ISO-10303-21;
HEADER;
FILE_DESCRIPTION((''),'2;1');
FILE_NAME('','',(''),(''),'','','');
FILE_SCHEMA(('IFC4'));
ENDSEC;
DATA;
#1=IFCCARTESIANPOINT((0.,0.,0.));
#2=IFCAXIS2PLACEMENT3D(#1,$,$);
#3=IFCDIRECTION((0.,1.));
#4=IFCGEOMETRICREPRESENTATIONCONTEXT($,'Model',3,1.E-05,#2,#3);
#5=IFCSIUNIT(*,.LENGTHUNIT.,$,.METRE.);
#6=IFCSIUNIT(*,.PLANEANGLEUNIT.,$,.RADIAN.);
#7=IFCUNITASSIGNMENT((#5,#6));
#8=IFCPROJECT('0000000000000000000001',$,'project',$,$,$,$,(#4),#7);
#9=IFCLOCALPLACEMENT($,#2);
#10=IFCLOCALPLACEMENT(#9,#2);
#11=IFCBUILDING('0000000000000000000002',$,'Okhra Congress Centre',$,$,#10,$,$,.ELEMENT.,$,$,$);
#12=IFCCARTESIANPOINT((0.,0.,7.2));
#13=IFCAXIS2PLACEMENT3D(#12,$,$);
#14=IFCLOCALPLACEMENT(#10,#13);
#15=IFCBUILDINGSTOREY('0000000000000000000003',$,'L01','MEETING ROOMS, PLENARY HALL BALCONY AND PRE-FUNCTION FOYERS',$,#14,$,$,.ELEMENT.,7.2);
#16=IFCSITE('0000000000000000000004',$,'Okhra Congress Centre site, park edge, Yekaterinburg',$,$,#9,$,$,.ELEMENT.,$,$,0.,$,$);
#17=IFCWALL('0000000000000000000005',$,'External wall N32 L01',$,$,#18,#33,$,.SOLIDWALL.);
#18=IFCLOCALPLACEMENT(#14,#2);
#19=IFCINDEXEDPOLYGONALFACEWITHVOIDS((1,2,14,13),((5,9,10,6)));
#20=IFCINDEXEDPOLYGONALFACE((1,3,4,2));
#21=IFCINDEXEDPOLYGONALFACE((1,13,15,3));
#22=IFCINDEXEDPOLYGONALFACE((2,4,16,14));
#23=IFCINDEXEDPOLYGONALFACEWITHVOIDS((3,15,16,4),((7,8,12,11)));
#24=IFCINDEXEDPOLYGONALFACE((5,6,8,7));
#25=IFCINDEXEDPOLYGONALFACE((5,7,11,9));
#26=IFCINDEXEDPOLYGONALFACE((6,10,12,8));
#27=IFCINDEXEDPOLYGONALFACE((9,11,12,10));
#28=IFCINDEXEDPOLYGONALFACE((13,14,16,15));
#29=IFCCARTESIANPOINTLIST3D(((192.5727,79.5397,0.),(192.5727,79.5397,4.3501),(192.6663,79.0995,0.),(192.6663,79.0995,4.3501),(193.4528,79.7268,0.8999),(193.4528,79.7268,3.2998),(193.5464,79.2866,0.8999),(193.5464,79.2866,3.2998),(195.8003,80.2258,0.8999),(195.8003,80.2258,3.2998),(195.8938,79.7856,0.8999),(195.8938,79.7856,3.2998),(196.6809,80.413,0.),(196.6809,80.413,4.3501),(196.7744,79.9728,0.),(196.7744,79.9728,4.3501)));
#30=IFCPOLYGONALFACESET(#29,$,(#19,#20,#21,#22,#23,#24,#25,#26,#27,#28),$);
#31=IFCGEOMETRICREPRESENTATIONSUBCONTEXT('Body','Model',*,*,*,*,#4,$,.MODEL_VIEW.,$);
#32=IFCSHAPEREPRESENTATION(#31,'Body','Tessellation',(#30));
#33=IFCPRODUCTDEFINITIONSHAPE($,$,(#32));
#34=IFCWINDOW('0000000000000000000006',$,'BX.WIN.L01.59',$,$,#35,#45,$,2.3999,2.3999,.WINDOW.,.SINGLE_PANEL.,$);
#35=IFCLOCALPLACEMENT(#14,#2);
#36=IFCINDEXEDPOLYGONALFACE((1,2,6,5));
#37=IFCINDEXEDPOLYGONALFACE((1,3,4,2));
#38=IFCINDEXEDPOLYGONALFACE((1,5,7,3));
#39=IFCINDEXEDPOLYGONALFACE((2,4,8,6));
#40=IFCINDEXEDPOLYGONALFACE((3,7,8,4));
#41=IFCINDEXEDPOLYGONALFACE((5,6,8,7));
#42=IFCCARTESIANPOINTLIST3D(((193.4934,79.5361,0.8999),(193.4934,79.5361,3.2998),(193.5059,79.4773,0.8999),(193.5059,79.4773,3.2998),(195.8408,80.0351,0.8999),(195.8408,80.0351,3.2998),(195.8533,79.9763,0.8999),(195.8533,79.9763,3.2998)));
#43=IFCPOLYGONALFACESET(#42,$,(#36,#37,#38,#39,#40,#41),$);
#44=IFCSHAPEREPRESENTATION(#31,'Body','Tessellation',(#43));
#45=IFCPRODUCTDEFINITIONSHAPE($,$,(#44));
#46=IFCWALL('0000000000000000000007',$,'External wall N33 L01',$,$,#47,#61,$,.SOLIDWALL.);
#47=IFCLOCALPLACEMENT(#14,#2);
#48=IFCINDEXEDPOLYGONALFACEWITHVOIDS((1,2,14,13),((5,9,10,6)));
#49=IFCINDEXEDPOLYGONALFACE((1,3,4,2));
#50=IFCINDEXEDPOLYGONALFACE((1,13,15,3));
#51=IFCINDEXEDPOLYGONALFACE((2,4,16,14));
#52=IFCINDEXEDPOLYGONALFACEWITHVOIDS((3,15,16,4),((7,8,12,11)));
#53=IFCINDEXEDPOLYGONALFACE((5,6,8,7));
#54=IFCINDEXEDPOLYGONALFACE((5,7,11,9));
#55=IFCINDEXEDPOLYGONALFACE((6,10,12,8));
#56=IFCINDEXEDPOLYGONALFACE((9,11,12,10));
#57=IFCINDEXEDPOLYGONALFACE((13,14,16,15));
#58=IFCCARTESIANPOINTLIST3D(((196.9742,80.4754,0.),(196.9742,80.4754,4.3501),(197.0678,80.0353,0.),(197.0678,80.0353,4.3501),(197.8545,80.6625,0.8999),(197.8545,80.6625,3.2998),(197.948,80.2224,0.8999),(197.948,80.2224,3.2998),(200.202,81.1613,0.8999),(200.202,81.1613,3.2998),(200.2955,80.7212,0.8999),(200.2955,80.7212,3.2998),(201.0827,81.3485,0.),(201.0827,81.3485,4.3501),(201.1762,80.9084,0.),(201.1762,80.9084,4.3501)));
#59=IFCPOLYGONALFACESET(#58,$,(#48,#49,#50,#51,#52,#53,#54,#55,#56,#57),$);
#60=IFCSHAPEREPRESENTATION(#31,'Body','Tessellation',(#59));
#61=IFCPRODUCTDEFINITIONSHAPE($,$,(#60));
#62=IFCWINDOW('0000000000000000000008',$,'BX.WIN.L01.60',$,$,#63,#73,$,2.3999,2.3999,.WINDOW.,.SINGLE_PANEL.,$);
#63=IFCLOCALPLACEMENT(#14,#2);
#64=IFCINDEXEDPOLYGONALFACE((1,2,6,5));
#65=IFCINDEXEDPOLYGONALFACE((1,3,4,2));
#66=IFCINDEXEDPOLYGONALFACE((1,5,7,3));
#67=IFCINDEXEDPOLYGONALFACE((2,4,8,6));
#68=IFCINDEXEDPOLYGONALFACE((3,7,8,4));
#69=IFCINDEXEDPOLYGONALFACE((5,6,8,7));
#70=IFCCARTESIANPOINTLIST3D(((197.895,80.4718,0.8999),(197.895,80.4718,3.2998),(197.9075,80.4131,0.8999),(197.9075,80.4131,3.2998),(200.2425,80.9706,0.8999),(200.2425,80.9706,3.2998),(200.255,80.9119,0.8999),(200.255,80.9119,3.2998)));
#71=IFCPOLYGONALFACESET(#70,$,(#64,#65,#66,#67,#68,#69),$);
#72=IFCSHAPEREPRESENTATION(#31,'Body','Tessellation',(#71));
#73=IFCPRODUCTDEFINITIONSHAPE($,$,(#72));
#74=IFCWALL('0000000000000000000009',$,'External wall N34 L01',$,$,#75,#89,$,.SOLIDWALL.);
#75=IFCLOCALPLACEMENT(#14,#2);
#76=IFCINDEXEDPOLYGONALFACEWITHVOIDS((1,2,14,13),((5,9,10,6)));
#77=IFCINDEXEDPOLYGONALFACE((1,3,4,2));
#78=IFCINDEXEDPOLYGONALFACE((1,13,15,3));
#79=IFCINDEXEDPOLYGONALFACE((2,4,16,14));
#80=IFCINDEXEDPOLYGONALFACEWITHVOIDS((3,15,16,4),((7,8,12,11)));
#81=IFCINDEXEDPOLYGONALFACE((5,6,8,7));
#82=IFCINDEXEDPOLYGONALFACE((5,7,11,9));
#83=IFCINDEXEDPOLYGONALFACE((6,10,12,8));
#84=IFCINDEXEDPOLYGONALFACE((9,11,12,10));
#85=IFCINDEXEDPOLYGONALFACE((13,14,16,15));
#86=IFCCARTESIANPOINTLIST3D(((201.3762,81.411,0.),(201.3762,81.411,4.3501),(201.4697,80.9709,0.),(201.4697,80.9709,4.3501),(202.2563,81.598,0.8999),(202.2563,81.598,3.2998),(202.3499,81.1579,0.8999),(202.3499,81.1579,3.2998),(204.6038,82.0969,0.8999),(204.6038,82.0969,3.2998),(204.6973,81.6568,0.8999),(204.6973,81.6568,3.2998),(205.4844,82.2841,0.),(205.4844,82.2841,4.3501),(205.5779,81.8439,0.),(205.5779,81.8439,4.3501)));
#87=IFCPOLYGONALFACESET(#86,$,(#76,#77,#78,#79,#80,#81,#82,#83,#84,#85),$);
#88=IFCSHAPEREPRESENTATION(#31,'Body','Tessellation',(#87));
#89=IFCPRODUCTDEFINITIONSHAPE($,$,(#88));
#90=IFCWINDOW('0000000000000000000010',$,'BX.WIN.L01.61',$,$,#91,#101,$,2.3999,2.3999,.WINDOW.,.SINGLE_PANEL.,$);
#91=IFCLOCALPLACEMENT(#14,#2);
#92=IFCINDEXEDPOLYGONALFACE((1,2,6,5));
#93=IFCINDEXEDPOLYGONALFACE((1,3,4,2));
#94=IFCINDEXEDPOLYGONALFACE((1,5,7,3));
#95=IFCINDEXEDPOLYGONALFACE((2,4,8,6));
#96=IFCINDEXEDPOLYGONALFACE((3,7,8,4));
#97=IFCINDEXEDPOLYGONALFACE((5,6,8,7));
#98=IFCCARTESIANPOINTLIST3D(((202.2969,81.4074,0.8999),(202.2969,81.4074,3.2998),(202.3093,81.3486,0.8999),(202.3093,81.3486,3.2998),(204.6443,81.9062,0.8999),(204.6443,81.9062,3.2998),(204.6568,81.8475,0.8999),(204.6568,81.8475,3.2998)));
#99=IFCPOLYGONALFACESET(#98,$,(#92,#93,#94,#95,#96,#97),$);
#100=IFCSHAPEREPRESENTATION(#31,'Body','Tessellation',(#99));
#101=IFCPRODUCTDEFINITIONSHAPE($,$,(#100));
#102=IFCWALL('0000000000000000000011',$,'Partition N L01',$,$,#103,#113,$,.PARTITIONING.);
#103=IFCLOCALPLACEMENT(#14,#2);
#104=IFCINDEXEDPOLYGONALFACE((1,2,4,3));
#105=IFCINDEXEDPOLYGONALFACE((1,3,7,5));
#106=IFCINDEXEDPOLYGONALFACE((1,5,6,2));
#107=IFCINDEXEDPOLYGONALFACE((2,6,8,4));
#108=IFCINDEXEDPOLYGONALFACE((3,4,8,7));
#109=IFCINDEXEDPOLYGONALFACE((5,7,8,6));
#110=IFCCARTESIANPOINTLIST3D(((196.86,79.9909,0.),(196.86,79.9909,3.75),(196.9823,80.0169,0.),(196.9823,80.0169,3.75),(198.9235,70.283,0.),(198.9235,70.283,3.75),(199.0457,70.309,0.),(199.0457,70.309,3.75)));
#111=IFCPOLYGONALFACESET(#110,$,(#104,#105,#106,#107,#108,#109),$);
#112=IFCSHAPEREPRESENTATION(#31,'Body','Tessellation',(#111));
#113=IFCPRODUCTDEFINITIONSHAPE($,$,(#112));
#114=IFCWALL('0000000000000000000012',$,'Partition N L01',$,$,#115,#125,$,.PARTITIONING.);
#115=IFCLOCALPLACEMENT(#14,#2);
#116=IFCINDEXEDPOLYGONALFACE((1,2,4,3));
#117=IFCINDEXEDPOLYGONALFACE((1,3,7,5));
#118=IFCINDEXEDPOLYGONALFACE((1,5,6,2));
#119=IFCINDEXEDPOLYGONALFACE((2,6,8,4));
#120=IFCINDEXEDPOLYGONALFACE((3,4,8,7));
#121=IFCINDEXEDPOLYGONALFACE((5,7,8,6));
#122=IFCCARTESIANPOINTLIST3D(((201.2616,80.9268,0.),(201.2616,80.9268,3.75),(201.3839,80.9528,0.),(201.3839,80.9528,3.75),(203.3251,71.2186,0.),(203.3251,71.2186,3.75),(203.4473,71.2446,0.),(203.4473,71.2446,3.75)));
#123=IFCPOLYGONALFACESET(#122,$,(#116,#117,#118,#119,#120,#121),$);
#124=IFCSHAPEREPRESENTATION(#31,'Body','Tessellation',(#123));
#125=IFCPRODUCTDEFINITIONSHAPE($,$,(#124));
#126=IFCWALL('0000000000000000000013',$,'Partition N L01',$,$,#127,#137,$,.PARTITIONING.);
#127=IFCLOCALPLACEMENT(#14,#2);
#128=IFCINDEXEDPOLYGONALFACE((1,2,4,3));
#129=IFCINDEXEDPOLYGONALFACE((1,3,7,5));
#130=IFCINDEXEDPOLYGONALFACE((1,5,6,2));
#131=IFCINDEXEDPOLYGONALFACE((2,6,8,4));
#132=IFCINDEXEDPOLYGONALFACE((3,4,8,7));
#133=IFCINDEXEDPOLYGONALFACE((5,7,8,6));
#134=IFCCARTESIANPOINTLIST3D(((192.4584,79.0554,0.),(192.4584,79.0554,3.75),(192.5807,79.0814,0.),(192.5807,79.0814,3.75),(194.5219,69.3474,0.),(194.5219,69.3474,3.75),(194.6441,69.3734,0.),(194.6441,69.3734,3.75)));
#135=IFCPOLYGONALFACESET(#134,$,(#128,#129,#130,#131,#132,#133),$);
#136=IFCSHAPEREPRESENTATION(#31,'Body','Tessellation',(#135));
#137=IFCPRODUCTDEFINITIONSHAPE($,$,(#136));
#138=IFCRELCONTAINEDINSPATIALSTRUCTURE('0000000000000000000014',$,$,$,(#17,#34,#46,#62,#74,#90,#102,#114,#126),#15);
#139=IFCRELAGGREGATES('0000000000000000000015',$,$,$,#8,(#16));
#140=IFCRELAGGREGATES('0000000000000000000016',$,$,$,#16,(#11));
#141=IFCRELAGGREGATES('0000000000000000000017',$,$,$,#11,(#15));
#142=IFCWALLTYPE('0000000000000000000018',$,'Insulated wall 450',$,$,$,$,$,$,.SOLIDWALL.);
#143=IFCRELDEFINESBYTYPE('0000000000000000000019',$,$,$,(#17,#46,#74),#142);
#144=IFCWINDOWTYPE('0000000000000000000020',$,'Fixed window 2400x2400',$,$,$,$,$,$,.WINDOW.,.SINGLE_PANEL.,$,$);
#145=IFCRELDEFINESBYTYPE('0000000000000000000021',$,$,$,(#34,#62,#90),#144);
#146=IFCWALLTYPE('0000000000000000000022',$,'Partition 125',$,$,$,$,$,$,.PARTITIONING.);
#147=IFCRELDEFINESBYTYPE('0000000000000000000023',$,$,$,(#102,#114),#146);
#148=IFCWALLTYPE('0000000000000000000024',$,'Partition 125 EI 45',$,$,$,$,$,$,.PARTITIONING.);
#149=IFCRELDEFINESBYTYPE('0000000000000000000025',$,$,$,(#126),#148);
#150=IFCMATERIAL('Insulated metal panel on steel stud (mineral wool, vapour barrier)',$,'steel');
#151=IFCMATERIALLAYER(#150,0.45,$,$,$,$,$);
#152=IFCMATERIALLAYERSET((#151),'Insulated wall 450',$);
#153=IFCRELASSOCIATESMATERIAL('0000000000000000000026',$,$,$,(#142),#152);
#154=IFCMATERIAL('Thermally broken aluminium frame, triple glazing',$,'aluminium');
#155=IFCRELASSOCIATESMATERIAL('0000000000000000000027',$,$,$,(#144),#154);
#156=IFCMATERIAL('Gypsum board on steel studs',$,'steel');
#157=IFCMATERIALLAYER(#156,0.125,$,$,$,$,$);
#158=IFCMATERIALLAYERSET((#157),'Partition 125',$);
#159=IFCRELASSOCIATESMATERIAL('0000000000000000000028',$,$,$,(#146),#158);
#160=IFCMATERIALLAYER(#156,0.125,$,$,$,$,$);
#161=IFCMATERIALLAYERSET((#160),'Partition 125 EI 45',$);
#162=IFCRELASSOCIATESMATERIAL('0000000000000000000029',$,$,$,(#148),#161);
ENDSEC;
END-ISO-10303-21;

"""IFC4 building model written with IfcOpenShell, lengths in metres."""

from ifc_helpers import new_model, si_unit, direction, frame, frame_2d, origin, place, context, subcontext, project, spatial, rectangle, extrude, material, layer, layer_set, type_object, element, fill, save


model = new_model("IFC4")

# Units and contexts
model_context = context("Model", 3, precision=1e-05, world=origin(), true_north=direction((0.0, 1.0)))
body_context = subcontext(model_context, "Body", "Model", "MODEL_VIEW")
ifc_project = project(units=[si_unit("LENGTHUNIT", "METRE"), si_unit("PLANEANGLEUNIT", "RADIAN")], contexts=[model_context])

# Site, building, storey
site_placement = place(None, origin())
site = spatial("IfcSite", under=ifc_project, at=site_placement, Name="Okhra Congress Centre site, park edge, Yekaterinburg", CompositionType="ELEMENT", RefElevation=0.0)
building_placement = place(site_placement, origin())
building = spatial("IfcBuilding", under=site, at=building_placement, Name="Okhra Congress Centre", CompositionType="ELEMENT")
storey_placement = place(building_placement, frame((0.0, 0.0, 7.2)))
storey = spatial("IfcBuildingStorey", under=building, at=storey_placement, Name="L01", Description="MEETING ROOMS, PLENARY HALL BALCONY AND PRE-FUNCTION FOYERS", CompositionType="ELEMENT", Elevation=7.2)

# Walls, openings, windows
ifc_material_1 = material(Name="Insulated metal panel on steel stud (mineral wool, vapour barrier)", Category="steel")
ifc_layer_1 = layer(ifc_material_1, 0.45)
ifc_layer_set_1 = layer_set([ifc_layer_1], Name="Insulated wall 450")
wall_type_1 = type_object("IfcWallType", Name="Insulated wall 450", PredefinedType="SOLIDWALL", material=ifc_layer_set_1)
wall_1_placement = place(storey_placement, frame((192.6194, 79.3196, 0.0), z_axis=(0.0, 0.0, 1.0), x_axis=(0.978144, 0.207929, 0.0)))
wall_1 = element("IfcWall", 1, at=wall_1_placement, inside=storey, type_object=wall_type_1, Name="External wall N32 L01", PredefinedType="SOLIDWALL", context=body_context, shape_type="SweptSolid", body=[
    extrude(rectangle(XDim=4.2, YDim=0.45, at=frame_2d((2.1001, 0.0))), origin(), (0.0, 0.0, 1.0), 4.3501),
])
opening_1_placement = place(wall_1_placement, frame((0.8999, 0.0, 0.8999)))
opening_1 = element("IfcOpeningElement", 2, at=opening_1_placement, cuts=wall_1, PredefinedType="OPENING", context=body_context, shape_type="SweptSolid", body=[
    extrude(rectangle(XDim=2.3999, YDim=2.3999, at=frame_2d((1.2, 1.2))), frame((0.0, 0.2349, 0.0), z_axis=(0.0, -1.0, 0.0), x_axis=(1.0, 0.0, 0.0)), (0.0, 0.0, 1.0), 0.47),
])
ifc_material_2 = material(Name="Thermally broken aluminium frame, triple glazing", Category="aluminium")
window_type = type_object("IfcWindowType", Name="Fixed window 2400x2400", PartitioningType="SINGLE_PANEL", PredefinedType="WINDOW", material=ifc_material_2)
window_1_placement = place(opening_1_placement, origin())
window_1 = element("IfcWindow", 3, at=window_1_placement, inside=storey, type_object=window_type, Name="BX.WIN.L01.59", OverallHeight=2.3999, OverallWidth=2.3999, PartitioningType="SINGLE_PANEL", PredefinedType="WINDOW", context=body_context, shape_type="SweptSolid", body=[
    extrude(rectangle(XDim=2.3999, YDim=2.3999, at=frame_2d((1.2, 1.2))), frame((0.0, 0.03, 0.0), z_axis=(0.0, -1.0, 0.0), x_axis=(1.0, 0.0, 0.0)), (0.0, 0.0, 1.0), 0.0601),
])
fill(opening_1, window_1)
wall_2_placement = place(storey_placement, frame((197.021, 80.2554, 0.0), z_axis=(0.0, 0.0, 1.0), x_axis=(0.978158, 0.207862, 0.0)))
wall_2 = element("IfcWall", 4, at=wall_2_placement, inside=storey, type_object=wall_type_1, Name="External wall N33 L01", PredefinedType="SOLIDWALL", context=body_context, shape_type="SweptSolid", body=[
    extrude(rectangle(XDim=4.2002, YDim=0.45, at=frame_2d((2.1001, 0.0))), origin(), (0.0, 0.0, 1.0), 4.3501),
])
opening_2_placement = place(wall_2_placement, frame((0.8999, 0.0, 0.8999)))
opening_2 = element("IfcOpeningElement", 5, at=opening_2_placement, cuts=wall_2, PredefinedType="OPENING", context=body_context, shape_type="SweptSolid", body=[
    extrude(rectangle(XDim=2.3999, YDim=2.3999, at=frame_2d((1.2, 1.2))), frame((0.0, 0.2349, 0.0), z_axis=(0.0, -1.0, 0.0), x_axis=(1.0, 0.0, 0.0)), (0.0, 0.0, 1.0), 0.47),
])
window_2_placement = place(opening_2_placement, origin())
window_2 = element("IfcWindow", 6, at=window_2_placement, inside=storey, type_object=window_type, Name="BX.WIN.L01.60", OverallHeight=2.3999, OverallWidth=2.3999, PartitioningType="SINGLE_PANEL", PredefinedType="WINDOW", context=body_context, shape_type="SweptSolid", body=[
    extrude(rectangle(XDim=2.3999, YDim=2.3999, at=frame_2d((1.2, 1.2))), frame((0.0, 0.03, 0.0), z_axis=(0.0, -1.0, 0.0), x_axis=(1.0, 0.0, 0.0)), (0.0, 0.0, 1.0), 0.0601),
])
fill(opening_2, window_2)
wall_3_placement = place(storey_placement, frame((201.4229, 81.1909, 0.0), z_axis=(0.0, 0.0, 1.0), x_axis=(0.978156, 0.207873, 0.0)))
wall_3 = element("IfcWall", 7, at=wall_3_placement, inside=storey, type_object=wall_type_1, Name="External wall N34 L01", PredefinedType="SOLIDWALL", context=body_context, shape_type="SweptSolid", body=[
    extrude(rectangle(XDim=4.2, YDim=0.45, at=frame_2d((2.1001, 0.0))), origin(), (0.0, 0.0, 1.0), 4.3501),
])
opening_3_placement = place(wall_3_placement, frame((0.8999, 0.0, 0.8999)))
opening_3 = element("IfcOpeningElement", 8, at=opening_3_placement, cuts=wall_3, PredefinedType="OPENING", context=body_context, shape_type="SweptSolid", body=[
    extrude(rectangle(XDim=2.3999, YDim=2.3999, at=frame_2d((1.2, 1.2))), frame((0.0, 0.2349, 0.0), z_axis=(0.0, -1.0, 0.0), x_axis=(1.0, 0.0, 0.0)), (0.0, 0.0, 1.0), 0.47),
])
window_3_placement = place(opening_3_placement, origin())
window_3 = element("IfcWindow", 9, at=window_3_placement, inside=storey, type_object=window_type, Name="BX.WIN.L01.61", OverallHeight=2.3999, OverallWidth=2.3999, PartitioningType="SINGLE_PANEL", PredefinedType="WINDOW", context=body_context, shape_type="SweptSolid", body=[
    extrude(rectangle(XDim=2.3999, YDim=2.3999, at=frame_2d((1.2, 1.2))), frame((0.0, 0.03, 0.0), z_axis=(0.0, -1.0, 0.0), x_axis=(1.0, 0.0, 0.0)), (0.0, 0.0, 1.0), 0.0601),
])
fill(opening_3, window_3)

# Walls
ifc_material_3 = material(Name="Gypsum board on steel studs", Category="steel")
ifc_layer_2 = layer(ifc_material_3, 0.125)
ifc_layer_set_2 = layer_set([ifc_layer_2], Name="Partition 125")
wall_type_2 = type_object("IfcWallType", Name="Partition 125", PredefinedType="PARTITIONING", material=ifc_layer_set_2)
wall_4_placement = place(storey_placement, frame((196.9211, 80.0039, 0.0), z_axis=(0.0, 0.0, 1.0), x_axis=(0.207909, -0.978148, 0.0)))
element("IfcWall", 10, at=wall_4_placement, inside=storey, type_object=wall_type_2, Name="Partition N L01", PredefinedType="PARTITIONING", context=body_context, shape_type="SweptSolid", body=[
    extrude(rectangle(XDim=9.9248, YDim=0.125, at=frame_2d((4.9624, 0.0))), origin(), (0.0, 0.0, 1.0), 3.75),
])
wall_5_placement = place(storey_placement, frame((201.3228, 80.9397, 0.0), z_axis=(0.0, 0.0, 1.0), x_axis=(0.207904, -0.978149, 0.0)))
element("IfcWall", 11, at=wall_5_placement, inside=storey, type_object=wall_type_2, Name="Partition N L01", PredefinedType="PARTITIONING", context=body_context, shape_type="SweptSolid", body=[
    extrude(rectangle(XDim=9.925, YDim=0.125, at=frame_2d((4.9624, 0.0))), origin(), (0.0, 0.0, 1.0), 3.75),
])
ifc_layer_3 = layer(ifc_material_3, 0.125)
ifc_layer_set_3 = layer_set([ifc_layer_3], Name="Partition 125 EI 45")
wall_type_3 = type_object("IfcWallType", Name="Partition 125 EI 45", PredefinedType="PARTITIONING", material=ifc_layer_set_3)
wall_6_placement = place(storey_placement, frame((192.5195, 79.0684, 0.0), z_axis=(0.0, 0.0, 1.0), x_axis=(0.207909, -0.978148, 0.0)))
element("IfcWall", 12, at=wall_6_placement, inside=storey, type_object=wall_type_3, Name="Partition N L01", PredefinedType="PARTITIONING", context=body_context, shape_type="SweptSolid", body=[
    extrude(rectangle(XDim=9.9248, YDim=0.125, at=frame_2d((4.9624, 0.0))), origin(), (0.0, 0.0, 1.0), 3.75),
])

save(model, "model.ifc")
